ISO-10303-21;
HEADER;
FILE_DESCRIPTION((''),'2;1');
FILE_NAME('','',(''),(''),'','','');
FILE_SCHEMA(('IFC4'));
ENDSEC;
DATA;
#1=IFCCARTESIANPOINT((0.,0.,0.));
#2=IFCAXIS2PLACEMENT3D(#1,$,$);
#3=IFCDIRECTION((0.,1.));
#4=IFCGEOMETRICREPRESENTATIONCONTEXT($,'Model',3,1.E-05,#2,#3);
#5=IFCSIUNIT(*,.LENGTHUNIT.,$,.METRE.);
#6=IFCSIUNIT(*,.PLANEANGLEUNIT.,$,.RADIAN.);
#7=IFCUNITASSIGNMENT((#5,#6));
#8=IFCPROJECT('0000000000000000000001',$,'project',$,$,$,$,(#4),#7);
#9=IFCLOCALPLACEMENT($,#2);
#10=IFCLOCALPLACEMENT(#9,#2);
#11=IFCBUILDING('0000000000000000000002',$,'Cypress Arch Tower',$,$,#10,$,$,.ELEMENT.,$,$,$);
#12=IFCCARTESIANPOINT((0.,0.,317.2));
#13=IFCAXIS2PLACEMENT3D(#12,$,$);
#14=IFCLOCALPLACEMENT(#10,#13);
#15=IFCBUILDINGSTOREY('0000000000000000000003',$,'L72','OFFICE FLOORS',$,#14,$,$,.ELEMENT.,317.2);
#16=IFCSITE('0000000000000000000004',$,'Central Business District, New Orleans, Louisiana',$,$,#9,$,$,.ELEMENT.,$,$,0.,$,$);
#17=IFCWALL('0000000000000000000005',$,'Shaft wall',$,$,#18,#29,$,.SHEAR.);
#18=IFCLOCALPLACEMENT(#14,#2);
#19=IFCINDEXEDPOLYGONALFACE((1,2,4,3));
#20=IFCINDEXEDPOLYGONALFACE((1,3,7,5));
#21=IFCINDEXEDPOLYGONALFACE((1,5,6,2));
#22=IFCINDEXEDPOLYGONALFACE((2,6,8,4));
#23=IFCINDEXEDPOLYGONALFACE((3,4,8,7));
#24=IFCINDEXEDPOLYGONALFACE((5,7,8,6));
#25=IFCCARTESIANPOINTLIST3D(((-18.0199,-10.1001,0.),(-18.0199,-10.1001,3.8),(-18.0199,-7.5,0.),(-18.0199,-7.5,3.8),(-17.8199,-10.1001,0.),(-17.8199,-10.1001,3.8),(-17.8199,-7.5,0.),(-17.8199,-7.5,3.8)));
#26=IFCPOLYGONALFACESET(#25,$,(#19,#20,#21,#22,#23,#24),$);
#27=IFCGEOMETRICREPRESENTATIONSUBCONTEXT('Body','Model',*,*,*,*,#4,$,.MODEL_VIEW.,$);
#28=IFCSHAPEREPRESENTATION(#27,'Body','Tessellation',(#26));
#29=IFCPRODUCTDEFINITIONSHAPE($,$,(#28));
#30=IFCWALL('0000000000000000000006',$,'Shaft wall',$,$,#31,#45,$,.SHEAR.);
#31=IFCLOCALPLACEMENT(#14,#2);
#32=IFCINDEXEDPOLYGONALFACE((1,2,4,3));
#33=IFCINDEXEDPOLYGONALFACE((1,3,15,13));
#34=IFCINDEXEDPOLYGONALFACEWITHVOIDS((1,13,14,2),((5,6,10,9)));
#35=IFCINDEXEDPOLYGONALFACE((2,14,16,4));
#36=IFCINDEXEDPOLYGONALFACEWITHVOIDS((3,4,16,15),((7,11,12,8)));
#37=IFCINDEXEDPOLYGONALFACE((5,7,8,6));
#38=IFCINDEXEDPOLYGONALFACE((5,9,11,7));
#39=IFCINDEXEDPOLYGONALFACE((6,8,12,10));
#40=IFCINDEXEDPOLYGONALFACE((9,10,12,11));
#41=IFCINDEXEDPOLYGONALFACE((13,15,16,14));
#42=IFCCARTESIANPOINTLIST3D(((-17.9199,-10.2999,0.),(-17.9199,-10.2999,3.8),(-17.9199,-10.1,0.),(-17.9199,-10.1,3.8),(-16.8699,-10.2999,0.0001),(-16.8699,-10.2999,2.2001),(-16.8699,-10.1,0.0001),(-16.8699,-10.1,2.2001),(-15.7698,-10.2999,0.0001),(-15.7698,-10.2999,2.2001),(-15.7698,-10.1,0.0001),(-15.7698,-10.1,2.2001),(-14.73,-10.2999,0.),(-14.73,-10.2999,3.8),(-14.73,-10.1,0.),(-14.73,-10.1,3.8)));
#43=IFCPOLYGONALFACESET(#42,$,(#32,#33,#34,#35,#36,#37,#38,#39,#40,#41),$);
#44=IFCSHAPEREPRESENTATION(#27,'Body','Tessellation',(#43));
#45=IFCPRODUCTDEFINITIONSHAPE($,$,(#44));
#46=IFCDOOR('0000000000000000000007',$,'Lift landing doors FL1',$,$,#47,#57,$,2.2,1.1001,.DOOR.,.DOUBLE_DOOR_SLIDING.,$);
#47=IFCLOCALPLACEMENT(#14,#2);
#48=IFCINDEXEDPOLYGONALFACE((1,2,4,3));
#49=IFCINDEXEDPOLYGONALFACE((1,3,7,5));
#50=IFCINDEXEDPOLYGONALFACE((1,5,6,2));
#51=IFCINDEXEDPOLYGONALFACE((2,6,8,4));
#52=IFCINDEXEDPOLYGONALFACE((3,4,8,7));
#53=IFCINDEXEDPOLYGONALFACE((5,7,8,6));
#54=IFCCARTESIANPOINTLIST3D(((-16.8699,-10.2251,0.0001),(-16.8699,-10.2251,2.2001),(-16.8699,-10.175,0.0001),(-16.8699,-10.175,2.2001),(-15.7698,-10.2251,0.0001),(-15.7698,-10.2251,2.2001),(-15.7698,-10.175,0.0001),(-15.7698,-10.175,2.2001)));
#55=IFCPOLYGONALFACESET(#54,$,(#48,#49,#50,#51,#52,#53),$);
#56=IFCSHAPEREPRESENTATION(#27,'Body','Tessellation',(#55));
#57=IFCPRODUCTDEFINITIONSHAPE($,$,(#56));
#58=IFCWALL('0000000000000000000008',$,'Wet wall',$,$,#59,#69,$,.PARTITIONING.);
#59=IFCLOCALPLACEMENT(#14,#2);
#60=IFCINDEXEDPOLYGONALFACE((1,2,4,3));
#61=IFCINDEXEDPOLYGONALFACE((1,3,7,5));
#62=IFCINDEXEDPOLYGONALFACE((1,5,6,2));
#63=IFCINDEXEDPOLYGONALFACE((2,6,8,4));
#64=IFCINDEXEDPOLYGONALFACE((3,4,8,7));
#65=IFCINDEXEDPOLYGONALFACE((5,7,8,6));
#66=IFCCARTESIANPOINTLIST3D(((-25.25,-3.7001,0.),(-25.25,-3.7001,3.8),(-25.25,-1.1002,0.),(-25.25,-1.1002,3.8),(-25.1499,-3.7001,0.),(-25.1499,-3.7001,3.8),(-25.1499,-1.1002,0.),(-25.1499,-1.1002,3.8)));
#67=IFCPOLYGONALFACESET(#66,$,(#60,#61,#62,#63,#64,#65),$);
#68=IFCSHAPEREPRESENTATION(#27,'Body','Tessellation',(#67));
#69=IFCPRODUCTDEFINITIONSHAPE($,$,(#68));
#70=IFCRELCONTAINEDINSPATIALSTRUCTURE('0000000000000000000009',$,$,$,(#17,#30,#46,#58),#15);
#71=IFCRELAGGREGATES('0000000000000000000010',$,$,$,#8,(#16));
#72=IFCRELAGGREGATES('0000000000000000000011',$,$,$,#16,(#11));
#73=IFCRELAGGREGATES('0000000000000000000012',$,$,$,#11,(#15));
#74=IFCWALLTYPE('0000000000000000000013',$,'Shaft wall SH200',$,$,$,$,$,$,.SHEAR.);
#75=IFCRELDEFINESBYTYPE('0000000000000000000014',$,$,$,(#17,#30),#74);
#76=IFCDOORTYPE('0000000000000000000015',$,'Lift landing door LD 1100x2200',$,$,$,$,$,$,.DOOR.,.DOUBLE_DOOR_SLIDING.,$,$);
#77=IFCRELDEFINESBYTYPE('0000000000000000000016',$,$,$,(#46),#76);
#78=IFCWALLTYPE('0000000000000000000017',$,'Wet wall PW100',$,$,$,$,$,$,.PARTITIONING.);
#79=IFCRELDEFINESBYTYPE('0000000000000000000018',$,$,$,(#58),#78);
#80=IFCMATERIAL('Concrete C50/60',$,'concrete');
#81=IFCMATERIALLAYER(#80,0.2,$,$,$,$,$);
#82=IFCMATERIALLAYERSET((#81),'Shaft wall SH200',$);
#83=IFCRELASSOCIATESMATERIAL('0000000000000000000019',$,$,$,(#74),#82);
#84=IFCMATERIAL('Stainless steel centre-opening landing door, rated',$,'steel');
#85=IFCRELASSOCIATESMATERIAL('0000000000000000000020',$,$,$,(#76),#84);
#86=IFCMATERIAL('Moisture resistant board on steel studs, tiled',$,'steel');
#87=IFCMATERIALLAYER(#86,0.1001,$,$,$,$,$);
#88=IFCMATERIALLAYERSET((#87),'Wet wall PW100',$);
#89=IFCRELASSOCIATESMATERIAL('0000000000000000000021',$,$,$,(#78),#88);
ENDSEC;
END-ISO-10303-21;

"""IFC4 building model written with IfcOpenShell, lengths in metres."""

from ifc_helpers import new_model, si_unit, direction, frame, frame_2d, origin, place, context, subcontext, project, spatial, rectangle, extrude, material, layer, layer_set, type_object, element, fill, save


model = new_model("IFC4")

# Units and contexts
model_context = context("Model", 3, precision=1e-05, world=origin(), true_north=direction((0.0, 1.0)))
body_context = subcontext(model_context, "Body", "Model", "MODEL_VIEW")
ifc_project = project(units=[si_unit("LENGTHUNIT", "METRE"), si_unit("PLANEANGLEUNIT", "RADIAN")], contexts=[model_context])

# Site, building, storey
site_placement = place(None, origin())
site = spatial("IfcSite", under=ifc_project, at=site_placement, Name="Central Business District, New Orleans, Louisiana", CompositionType="ELEMENT", RefElevation=0.0)
building_placement = place(site_placement, origin())
building = spatial("IfcBuilding", under=site, at=building_placement, Name="Cypress Arch Tower", CompositionType="ELEMENT")
storey_placement = place(building_placement, frame((0.0, 0.0, 317.2)))
storey = spatial("IfcBuildingStorey", under=building, at=storey_placement, Name="L72", Description="OFFICE FLOORS", CompositionType="ELEMENT", Elevation=317.2)

# Wall
ifc_material_1 = material(Name="Concrete C50/60", Category="concrete")
ifc_layer_1 = layer(ifc_material_1, 0.2)
ifc_layer_set_1 = layer_set([ifc_layer_1], Name="Shaft wall SH200")
wall_type_1 = type_object("IfcWallType", Name="Shaft wall SH200", PredefinedType="SHEAR", material=ifc_layer_set_1)
wall_1_placement = place(storey_placement, frame((-17.9199, -10.1001, 0.0), z_axis=(0.0, 0.0, 1.0), x_axis=(0.0, 1.0, 0.0)))
element("IfcWall", 1, at=wall_1_placement, inside=storey, type_object=wall_type_1, Name="Shaft wall", PredefinedType="SHEAR", context=body_context, shape_type="SweptSolid", body=[
    extrude(rectangle(XDim=2.6001, YDim=0.2, at=frame_2d((1.3, 0.0))), origin(), (0.0, 0.0, 1.0), 3.8),
])

# Wall, opening, door
wall_2_placement = place(storey_placement, frame((-17.9199, -10.2, 0.0), z_axis=(0.0, 0.0, 1.0), x_axis=(1.0, 0.0, 0.0)))
wall_2 = element("IfcWall", 2, at=wall_2_placement, inside=storey, type_object=wall_type_1, Name="Shaft wall", PredefinedType="SHEAR", context=body_context, shape_type="SweptSolid", body=[
    extrude(rectangle(XDim=3.1899, YDim=0.2, at=frame_2d((1.595, 0.0))), origin(), (0.0, 0.0, 1.0), 3.8),
])
opening_1_placement = place(wall_2_placement, frame((1.05, 0.0, 0.0)))
opening_1 = element("IfcOpeningElement", 3, at=opening_1_placement, cuts=wall_2, PredefinedType="OPENING", context=body_context, shape_type="SweptSolid", body=[
    extrude(rectangle(XDim=1.1001, YDim=2.2, at=frame_2d((0.55, 1.1001))), frame((0.0, 0.1099, 0.0), z_axis=(0.0, -1.0, 0.0), x_axis=(1.0, 0.0, 0.0)), (0.0, 0.0, 1.0), 0.22),
])
ifc_material_2 = material(Name="Stainless steel centre-opening landing door, rated", Category="steel")
door_type_1 = type_object("IfcDoorType", Name="Lift landing door LD 1100x2200", OperationType="DOUBLE_DOOR_SLIDING", PredefinedType="DOOR", material=ifc_material_2)
door_1_placement = place(opening_1_placement, origin())
door_1 = element("IfcDoor", 4, at=door_1_placement, inside=storey, type_object=door_type_1, Name="Lift landing doors FL1", OperationType="DOUBLE_DOOR_SLIDING", OverallHeight=2.2, OverallWidth=1.1001, PredefinedType="DOOR", context=body_context, shape_type="SweptSolid", body=[
    extrude(rectangle(XDim=1.1001, YDim=2.2, at=frame_2d((0.55, 1.1001))), frame((0.0, 0.0249, 0.0), z_axis=(0.0, -1.0, 0.0), x_axis=(1.0, 0.0, 0.0)), (0.0, 0.0, 1.0), 0.05),
])
fill(opening_1, door_1)

# Wall
ifc_material_3 = material(Name="Moisture resistant board on steel studs, tiled", Category="steel")
ifc_layer_2 = layer(ifc_material_3, 0.1001)
ifc_layer_set_2 = layer_set([ifc_layer_2], Name="Wet wall PW100")
wall_type_2 = type_object("IfcWallType", Name="Wet wall PW100", PredefinedType="PARTITIONING", material=ifc_layer_set_2)
wall_3_placement = place(storey_placement, frame((-25.2, -3.7, 0.0), z_axis=(0.0, 0.0, 1.0), x_axis=(0.0, 1.0, 0.0)))
element("IfcWall", 5, at=wall_3_placement, inside=storey, type_object=wall_type_2, Name="Wet wall", PredefinedType="PARTITIONING", context=body_context, shape_type="SweptSolid", body=[
    extrude(rectangle(XDim=2.5999, YDim=0.1001, at=frame_2d((1.2998, 0.0))), origin(), (0.0, 0.0, 1.0), 3.8),
])

save(model, "model.ifc")
